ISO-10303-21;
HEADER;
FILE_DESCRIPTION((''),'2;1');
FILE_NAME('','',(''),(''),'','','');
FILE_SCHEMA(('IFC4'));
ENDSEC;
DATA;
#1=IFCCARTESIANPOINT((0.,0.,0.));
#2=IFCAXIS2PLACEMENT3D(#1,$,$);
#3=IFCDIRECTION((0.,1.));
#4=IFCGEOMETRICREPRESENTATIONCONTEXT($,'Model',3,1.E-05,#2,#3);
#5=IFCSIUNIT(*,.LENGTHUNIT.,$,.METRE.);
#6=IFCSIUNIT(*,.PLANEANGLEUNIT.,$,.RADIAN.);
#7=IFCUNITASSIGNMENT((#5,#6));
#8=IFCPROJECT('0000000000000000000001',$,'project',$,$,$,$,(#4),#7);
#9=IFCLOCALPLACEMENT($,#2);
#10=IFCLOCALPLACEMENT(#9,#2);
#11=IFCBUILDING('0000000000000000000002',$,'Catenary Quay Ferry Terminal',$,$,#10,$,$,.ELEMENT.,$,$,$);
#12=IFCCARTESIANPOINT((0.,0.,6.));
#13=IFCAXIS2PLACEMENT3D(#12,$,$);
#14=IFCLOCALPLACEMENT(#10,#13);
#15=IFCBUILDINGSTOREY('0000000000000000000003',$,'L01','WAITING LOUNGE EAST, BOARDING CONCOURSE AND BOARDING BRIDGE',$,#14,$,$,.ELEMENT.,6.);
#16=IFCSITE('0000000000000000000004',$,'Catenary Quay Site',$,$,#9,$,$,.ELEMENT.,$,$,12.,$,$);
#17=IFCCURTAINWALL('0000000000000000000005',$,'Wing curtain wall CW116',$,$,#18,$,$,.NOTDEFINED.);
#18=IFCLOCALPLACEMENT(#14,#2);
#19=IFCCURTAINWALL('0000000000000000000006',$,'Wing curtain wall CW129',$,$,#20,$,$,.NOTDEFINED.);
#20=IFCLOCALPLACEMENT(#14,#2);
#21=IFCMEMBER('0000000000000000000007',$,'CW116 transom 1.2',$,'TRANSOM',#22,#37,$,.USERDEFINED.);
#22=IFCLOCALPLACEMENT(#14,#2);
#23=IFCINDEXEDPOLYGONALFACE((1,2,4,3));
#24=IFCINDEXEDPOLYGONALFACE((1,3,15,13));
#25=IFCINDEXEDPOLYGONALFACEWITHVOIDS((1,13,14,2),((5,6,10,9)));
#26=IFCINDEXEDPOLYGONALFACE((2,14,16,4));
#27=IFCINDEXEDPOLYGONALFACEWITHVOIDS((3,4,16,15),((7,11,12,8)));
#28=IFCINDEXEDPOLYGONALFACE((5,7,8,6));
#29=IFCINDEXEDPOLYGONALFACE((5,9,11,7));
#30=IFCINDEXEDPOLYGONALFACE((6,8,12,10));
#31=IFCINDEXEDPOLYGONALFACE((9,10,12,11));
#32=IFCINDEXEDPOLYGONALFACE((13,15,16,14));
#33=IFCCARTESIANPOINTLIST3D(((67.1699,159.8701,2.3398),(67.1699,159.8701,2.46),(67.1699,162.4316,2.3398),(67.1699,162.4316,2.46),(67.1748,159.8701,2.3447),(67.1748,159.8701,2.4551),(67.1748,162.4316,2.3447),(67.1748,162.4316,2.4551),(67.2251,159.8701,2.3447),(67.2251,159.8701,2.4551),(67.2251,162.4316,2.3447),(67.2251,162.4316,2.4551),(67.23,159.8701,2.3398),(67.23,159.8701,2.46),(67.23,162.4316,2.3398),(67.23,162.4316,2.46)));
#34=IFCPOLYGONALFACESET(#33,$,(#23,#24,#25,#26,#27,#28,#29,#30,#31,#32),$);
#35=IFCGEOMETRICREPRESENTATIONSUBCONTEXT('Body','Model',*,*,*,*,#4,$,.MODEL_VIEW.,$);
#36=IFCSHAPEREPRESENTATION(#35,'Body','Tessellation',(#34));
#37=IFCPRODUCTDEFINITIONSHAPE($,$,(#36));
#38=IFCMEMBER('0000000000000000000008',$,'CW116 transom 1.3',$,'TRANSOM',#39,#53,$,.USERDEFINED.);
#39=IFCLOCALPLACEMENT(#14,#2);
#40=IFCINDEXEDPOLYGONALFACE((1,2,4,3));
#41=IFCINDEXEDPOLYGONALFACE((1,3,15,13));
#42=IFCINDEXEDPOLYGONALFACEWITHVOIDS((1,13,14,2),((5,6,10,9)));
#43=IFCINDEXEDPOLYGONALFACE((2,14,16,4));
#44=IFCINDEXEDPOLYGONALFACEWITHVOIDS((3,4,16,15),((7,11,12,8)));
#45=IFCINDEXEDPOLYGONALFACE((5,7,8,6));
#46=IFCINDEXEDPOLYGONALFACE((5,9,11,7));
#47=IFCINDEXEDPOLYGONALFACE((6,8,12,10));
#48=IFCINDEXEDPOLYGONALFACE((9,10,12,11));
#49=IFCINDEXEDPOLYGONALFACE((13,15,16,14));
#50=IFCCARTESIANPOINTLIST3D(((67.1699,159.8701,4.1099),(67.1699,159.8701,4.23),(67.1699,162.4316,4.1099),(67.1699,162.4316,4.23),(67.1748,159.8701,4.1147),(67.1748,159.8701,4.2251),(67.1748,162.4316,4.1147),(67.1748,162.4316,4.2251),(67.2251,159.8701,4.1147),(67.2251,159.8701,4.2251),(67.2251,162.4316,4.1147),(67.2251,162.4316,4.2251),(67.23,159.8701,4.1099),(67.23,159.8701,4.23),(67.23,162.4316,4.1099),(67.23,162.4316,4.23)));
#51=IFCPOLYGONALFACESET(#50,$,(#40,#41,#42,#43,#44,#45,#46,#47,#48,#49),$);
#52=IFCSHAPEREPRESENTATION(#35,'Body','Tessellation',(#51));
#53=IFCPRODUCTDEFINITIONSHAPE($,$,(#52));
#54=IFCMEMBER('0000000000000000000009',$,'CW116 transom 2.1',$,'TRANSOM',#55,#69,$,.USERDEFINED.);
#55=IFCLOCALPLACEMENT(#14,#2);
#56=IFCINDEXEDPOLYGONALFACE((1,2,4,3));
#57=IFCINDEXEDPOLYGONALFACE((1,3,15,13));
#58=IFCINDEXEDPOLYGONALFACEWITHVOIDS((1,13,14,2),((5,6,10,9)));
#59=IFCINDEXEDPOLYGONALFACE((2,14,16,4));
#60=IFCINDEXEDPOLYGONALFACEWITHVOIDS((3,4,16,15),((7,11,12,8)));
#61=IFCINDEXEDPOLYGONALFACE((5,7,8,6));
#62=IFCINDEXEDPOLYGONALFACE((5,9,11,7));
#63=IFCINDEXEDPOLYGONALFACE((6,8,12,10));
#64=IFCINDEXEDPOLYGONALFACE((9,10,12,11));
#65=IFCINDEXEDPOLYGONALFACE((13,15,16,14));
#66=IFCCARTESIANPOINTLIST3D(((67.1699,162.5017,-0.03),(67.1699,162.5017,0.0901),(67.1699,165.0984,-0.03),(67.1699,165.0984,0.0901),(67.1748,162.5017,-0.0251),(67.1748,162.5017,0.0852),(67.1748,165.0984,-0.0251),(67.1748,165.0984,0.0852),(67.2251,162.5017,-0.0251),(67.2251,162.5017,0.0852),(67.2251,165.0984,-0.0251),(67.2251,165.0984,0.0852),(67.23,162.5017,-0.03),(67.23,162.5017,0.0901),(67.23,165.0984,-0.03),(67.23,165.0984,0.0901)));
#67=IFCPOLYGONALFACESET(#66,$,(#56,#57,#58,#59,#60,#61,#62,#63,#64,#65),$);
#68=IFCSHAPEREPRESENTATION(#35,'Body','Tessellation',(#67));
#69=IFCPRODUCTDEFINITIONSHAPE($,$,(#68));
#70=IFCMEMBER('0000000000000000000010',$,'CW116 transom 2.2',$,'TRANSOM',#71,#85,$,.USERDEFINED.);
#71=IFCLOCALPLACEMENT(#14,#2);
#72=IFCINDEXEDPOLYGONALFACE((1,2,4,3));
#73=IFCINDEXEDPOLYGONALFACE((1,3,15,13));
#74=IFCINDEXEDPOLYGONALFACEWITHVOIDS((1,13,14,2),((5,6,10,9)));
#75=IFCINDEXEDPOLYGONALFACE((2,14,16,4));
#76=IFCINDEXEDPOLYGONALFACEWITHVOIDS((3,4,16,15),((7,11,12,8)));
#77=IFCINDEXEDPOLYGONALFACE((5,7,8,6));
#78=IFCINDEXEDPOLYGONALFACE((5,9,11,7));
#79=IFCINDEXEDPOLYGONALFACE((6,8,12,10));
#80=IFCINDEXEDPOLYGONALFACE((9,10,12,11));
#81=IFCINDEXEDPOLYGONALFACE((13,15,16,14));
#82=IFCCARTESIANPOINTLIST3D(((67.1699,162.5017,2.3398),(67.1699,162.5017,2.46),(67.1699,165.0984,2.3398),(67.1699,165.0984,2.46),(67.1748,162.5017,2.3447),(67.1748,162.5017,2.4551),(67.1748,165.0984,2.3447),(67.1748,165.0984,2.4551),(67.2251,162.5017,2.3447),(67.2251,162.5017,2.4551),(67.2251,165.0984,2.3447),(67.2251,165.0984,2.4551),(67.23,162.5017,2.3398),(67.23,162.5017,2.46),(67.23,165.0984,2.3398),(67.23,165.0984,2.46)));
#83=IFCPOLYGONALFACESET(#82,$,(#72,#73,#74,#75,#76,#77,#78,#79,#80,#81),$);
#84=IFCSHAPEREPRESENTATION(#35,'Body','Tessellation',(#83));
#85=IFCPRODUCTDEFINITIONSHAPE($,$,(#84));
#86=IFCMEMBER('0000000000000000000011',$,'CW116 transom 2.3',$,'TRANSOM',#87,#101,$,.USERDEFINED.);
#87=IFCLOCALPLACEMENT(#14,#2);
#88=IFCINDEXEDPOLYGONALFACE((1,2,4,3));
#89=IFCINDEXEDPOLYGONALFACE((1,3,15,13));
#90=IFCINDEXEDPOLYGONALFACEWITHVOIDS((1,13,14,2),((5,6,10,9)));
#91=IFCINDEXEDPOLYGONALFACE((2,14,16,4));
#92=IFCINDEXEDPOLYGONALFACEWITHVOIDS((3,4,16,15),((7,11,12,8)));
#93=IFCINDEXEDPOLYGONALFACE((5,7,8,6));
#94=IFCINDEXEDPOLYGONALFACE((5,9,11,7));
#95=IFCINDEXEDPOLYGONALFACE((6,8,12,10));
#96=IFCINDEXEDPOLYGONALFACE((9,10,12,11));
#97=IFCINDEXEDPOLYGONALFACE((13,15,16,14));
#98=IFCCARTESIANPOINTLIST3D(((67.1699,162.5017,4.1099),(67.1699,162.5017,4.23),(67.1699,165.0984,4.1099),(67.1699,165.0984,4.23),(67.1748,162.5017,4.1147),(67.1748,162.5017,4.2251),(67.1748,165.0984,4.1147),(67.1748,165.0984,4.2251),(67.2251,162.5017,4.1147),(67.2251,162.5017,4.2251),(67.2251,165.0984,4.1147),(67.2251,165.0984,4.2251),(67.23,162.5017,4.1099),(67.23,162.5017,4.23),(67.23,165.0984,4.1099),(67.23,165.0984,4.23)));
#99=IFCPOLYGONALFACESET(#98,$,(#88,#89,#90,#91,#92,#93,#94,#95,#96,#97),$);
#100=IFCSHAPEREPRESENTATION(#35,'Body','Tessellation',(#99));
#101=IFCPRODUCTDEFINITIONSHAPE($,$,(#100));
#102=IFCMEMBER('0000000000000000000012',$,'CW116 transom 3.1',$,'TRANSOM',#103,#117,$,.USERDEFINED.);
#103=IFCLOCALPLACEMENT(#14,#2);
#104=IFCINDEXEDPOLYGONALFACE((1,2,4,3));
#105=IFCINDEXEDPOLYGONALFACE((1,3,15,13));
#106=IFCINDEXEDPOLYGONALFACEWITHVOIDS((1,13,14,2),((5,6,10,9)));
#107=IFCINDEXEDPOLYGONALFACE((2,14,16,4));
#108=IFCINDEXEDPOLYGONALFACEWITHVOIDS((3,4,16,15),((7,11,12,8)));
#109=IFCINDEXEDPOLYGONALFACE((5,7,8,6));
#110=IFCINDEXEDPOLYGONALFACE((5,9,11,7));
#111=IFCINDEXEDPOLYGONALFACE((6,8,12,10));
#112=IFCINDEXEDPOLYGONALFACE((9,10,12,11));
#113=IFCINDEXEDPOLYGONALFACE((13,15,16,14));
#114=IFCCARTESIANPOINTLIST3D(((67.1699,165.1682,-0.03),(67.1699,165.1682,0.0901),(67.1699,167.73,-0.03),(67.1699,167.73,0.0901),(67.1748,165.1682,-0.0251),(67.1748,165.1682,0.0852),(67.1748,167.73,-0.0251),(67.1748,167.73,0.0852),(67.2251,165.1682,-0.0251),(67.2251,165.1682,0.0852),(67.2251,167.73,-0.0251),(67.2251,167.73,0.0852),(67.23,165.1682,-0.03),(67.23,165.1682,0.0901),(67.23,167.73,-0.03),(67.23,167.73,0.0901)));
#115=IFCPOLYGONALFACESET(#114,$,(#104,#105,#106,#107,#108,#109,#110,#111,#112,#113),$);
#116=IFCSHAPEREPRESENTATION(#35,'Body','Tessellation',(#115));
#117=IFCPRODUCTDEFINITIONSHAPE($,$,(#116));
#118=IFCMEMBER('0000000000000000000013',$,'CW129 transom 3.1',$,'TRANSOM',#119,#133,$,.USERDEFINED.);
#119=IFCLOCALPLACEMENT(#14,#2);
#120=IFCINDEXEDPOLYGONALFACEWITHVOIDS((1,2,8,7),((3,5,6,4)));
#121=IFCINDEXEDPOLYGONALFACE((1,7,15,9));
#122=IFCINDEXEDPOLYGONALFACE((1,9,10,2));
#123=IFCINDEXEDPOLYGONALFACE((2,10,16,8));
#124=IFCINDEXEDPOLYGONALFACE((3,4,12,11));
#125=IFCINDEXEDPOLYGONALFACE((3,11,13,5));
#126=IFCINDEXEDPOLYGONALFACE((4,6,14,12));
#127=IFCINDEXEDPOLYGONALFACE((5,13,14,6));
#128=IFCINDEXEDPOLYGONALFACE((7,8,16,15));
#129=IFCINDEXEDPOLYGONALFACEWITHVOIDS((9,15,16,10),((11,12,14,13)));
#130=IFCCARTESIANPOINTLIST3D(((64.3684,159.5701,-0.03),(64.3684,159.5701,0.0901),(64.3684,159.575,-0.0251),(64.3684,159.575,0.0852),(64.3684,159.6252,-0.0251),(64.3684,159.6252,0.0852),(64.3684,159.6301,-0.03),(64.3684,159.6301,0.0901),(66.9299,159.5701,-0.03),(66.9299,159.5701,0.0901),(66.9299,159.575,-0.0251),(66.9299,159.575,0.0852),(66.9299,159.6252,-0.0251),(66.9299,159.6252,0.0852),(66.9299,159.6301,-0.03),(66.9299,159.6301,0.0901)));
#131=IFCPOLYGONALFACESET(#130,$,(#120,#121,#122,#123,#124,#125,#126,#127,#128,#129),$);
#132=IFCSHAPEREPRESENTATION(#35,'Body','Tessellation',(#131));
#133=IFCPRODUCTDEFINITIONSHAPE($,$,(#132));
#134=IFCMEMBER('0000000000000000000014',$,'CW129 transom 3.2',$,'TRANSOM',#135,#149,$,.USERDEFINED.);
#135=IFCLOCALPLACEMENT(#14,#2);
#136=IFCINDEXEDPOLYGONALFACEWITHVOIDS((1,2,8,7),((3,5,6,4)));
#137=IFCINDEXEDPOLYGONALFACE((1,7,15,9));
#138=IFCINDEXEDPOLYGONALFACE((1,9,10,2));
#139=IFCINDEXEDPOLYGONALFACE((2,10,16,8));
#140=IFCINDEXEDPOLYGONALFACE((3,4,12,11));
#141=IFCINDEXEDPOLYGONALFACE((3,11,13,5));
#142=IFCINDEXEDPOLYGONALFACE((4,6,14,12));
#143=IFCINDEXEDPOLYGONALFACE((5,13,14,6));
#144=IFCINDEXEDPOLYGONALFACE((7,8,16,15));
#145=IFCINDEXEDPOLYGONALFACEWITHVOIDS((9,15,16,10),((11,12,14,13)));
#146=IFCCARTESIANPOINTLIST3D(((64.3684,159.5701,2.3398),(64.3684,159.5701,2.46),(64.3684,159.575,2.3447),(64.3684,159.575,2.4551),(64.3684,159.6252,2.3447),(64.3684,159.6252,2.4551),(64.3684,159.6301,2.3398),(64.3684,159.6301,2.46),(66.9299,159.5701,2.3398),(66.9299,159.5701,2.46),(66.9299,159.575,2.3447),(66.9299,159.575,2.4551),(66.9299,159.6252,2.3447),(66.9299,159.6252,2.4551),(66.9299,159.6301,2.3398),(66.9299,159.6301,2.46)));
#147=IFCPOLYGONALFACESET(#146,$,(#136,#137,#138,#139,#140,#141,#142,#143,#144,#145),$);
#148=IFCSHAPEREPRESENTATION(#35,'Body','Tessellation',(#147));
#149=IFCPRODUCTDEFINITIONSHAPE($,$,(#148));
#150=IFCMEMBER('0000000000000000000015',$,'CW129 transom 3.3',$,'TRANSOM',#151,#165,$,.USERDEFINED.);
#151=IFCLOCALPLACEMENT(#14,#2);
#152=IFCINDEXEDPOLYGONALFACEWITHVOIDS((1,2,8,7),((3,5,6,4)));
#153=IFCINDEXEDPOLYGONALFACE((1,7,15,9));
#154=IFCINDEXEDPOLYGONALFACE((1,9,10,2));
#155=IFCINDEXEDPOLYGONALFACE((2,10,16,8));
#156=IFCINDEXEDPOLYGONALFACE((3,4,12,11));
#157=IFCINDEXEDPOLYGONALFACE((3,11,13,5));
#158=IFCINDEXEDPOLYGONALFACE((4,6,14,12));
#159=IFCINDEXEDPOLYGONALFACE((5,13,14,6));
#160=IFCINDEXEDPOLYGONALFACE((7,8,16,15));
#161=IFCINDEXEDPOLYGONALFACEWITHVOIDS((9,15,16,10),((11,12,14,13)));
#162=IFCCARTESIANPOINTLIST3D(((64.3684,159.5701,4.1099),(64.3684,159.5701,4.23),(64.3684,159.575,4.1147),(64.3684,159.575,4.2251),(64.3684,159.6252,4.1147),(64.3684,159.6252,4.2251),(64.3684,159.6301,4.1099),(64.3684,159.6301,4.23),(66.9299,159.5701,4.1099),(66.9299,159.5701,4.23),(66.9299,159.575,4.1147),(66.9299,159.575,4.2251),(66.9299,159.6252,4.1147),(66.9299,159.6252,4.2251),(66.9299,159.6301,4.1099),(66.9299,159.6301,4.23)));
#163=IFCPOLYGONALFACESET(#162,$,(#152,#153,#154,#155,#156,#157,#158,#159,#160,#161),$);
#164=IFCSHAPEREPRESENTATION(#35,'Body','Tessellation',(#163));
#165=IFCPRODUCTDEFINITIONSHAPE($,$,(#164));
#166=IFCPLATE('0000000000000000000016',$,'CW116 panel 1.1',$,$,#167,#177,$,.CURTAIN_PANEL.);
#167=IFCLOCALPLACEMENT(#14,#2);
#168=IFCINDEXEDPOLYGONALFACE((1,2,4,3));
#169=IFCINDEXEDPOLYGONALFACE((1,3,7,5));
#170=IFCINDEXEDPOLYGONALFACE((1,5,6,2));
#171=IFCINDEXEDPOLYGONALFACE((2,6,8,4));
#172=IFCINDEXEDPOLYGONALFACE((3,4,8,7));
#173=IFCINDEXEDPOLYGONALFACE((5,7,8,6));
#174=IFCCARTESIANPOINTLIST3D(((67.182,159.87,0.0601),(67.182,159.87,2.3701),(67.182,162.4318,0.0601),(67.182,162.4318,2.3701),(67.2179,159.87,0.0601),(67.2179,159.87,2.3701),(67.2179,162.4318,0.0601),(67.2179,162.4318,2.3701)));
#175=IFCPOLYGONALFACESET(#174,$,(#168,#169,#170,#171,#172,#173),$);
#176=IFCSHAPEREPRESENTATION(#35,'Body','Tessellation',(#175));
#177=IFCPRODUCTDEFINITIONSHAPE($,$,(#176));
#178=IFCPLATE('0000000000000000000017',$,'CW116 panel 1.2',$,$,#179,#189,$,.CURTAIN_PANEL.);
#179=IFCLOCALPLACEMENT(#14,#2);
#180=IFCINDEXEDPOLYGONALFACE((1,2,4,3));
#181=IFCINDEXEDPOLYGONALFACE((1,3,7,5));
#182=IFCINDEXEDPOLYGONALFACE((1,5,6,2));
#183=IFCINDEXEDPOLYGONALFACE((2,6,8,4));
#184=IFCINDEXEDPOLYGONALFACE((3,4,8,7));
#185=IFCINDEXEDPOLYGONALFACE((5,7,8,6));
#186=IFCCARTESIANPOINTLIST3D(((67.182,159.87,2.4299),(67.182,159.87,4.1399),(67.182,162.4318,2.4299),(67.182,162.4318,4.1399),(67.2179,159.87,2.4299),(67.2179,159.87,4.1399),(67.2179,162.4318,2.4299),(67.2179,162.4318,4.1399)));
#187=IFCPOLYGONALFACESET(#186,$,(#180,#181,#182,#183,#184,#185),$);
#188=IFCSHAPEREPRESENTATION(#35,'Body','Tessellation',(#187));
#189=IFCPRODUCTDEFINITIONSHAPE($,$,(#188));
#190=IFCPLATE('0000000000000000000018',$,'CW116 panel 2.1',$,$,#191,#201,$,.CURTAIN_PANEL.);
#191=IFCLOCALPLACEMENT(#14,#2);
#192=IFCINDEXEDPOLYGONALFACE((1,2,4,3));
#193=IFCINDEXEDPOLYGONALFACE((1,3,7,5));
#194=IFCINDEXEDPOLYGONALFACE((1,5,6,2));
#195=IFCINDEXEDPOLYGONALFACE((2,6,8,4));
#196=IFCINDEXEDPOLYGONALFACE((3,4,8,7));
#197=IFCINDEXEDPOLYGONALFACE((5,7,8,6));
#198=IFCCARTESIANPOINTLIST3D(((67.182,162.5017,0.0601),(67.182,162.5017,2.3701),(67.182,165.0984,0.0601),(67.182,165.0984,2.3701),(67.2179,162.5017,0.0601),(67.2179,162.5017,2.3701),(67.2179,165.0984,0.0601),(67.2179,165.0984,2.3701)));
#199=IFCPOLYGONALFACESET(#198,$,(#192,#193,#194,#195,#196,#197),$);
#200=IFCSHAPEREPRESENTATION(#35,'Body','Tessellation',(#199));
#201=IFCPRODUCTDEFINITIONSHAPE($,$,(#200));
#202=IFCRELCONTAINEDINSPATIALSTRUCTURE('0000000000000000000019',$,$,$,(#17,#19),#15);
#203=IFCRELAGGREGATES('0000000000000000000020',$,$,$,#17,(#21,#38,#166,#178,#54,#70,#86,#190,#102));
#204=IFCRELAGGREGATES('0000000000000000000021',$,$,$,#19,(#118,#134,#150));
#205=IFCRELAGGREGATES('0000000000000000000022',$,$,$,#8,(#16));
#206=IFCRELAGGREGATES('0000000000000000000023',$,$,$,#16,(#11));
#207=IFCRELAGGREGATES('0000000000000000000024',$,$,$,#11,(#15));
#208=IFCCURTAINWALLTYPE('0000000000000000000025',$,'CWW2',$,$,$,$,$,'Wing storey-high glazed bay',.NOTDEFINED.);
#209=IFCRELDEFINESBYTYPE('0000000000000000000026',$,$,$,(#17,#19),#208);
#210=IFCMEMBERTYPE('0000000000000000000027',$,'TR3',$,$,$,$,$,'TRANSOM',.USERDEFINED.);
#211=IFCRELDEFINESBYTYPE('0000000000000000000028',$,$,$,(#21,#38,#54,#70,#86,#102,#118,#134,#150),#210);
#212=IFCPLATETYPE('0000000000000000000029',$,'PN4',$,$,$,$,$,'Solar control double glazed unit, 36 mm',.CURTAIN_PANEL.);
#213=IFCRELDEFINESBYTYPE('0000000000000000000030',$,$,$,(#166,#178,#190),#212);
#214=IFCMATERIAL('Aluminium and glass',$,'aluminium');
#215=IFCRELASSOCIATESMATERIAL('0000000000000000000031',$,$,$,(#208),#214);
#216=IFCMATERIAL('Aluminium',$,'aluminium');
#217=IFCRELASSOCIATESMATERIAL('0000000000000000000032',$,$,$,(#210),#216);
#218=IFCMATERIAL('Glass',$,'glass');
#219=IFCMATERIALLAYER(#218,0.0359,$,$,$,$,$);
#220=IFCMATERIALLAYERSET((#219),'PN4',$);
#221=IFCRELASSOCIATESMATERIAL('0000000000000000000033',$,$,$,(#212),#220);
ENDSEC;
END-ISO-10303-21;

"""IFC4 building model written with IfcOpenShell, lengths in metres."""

from ifc_helpers import new_model, si_unit, direction, frame, origin, origin_2d, place, context, subcontext, project, spatial, rectangle, hollow_rectangle, extrude, material, layer, layer_set, material_profile, profile_set, type_object, element, aggregate, save


model = new_model("IFC4")

# Units and contexts
model_context = context("Model", 3, precision=1e-05, world=origin(), true_north=direction((0.0, 1.0)))
body_context = subcontext(model_context, "Body", "Model", "MODEL_VIEW")
ifc_project = project(units=[si_unit("LENGTHUNIT", "METRE"), si_unit("PLANEANGLEUNIT", "RADIAN")], contexts=[model_context])

# Site, building, storey
site_placement = place(None, origin())
site = spatial("IfcSite", under=ifc_project, at=site_placement, Name="Catenary Quay Site", CompositionType="ELEMENT", RefElevation=12.0)
building_placement = place(site_placement, origin())
building = spatial("IfcBuilding", under=site, at=building_placement, Name="Catenary Quay Ferry Terminal", CompositionType="ELEMENT")
storey_placement = place(building_placement, frame((0.0, 0.0, 6.0)))
storey = spatial("IfcBuildingStorey", under=building, at=storey_placement, Name="L01", Description="WAITING LOUNGE EAST, BOARDING CONCOURSE AND BOARDING BRIDGE", CompositionType="ELEMENT", Elevation=6.0)

# Curtain walls
ifc_material_1 = material(Name="Aluminium and glass", Category="aluminium")
curtain_wall_type = type_object("IfcCurtainWallType", Name="CWW2", ElementType="Wing storey-high glazed bay", PredefinedType="NOTDEFINED", material=ifc_material_1)
curtain_wall_1_placement = place(storey_placement, origin())
curtain_wall_1 = element("IfcCurtainWall", 1, at=curtain_wall_1_placement, inside=storey, type_object=curtain_wall_type, Name="Wing curtain wall CW116", PredefinedType="NOTDEFINED")
curtain_wall_2_placement = place(storey_placement, origin())
curtain_wall_2 = element("IfcCurtainWall", 2, at=curtain_wall_2_placement, inside=storey, type_object=curtain_wall_type, Name="Wing curtain wall CW129", PredefinedType="NOTDEFINED")

# Members
ifc_material_2 = material(Name="Aluminium", Category="aluminium")
ifc_material_profile_1 = material_profile(ifc_material_2, hollow_rectangle(XDim=0.0601, YDim=0.1201, WallThickness=0.0049, at=origin_2d()), Name="TR3")
ifc_profile_set_1 = profile_set([ifc_material_profile_1], Name="Aluminium")
member_type_1 = type_object("IfcMemberType", Name="TR3", ElementType="TRANSOM", PredefinedType="USERDEFINED", material=ifc_profile_set_1)
member_1_placement = place(storey_placement, frame((67.2, 159.8701, 2.3999), z_axis=(0.0, 1.0, 0.0), x_axis=(-1.0, 0.0, 0.0)))
member_1 = element("IfcMember", 3, at=member_1_placement, type_object=member_type_1, Name="CW116 transom 1.2", ObjectType="TRANSOM", PredefinedType="USERDEFINED", context=body_context, shape_type="SweptSolid", body=[
    extrude(hollow_rectangle(XDim=0.0601, YDim=0.1201, WallThickness=0.0049, at=origin_2d()), origin(), (0.0, 0.0, 1.0), 2.5615),
])
member_2_placement = place(storey_placement, frame((67.2, 159.8701, 4.1699), z_axis=(0.0, 1.0, 0.0), x_axis=(-1.0, 0.0, 0.0)))
member_2 = element("IfcMember", 4, at=member_2_placement, type_object=member_type_1, Name="CW116 transom 1.3", ObjectType="TRANSOM", PredefinedType="USERDEFINED", context=body_context, shape_type="SweptSolid", body=[
    extrude(hollow_rectangle(XDim=0.0601, YDim=0.1201, WallThickness=0.0049, at=origin_2d()), origin(), (0.0, 0.0, 1.0), 2.5615),
])
member_3_placement = place(storey_placement, frame((67.2, 162.5017, 0.03), z_axis=(0.0, 1.0, 0.0), x_axis=(-1.0, 0.0, 0.0)))
member_3 = element("IfcMember", 5, at=member_3_placement, type_object=member_type_1, Name="CW116 transom 2.1", ObjectType="TRANSOM", PredefinedType="USERDEFINED", context=body_context, shape_type="SweptSolid", body=[
    extrude(hollow_rectangle(XDim=0.0601, YDim=0.1201, WallThickness=0.0049, at=origin_2d()), origin(), (0.0, 0.0, 1.0), 2.5967),
])
member_4_placement = place(storey_placement, frame((67.2, 162.5017, 2.3999), z_axis=(0.0, 1.0, 0.0), x_axis=(-1.0, 0.0, 0.0)))
member_4 = element("IfcMember", 6, at=member_4_placement, type_object=member_type_1, Name="CW116 transom 2.2", ObjectType="TRANSOM", PredefinedType="USERDEFINED", context=body_context, shape_type="SweptSolid", body=[
    extrude(hollow_rectangle(XDim=0.0601, YDim=0.1201, WallThickness=0.0049, at=origin_2d()), origin(), (0.0, 0.0, 1.0), 2.5967),
])
member_5_placement = place(storey_placement, frame((67.2, 162.5017, 4.1699), z_axis=(0.0, 1.0, 0.0), x_axis=(-1.0, 0.0, 0.0)))
member_5 = element("IfcMember", 7, at=member_5_placement, type_object=member_type_1, Name="CW116 transom 2.3", ObjectType="TRANSOM", PredefinedType="USERDEFINED", context=body_context, shape_type="SweptSolid", body=[
    extrude(hollow_rectangle(XDim=0.0601, YDim=0.1201, WallThickness=0.0049, at=origin_2d()), origin(), (0.0, 0.0, 1.0), 2.5967),
])
member_6_placement = place(storey_placement, frame((67.2, 165.1682, 0.03), z_axis=(0.0, 1.0, 0.0), x_axis=(-1.0, 0.0, 0.0)))
member_6 = element("IfcMember", 8, at=member_6_placement, type_object=member_type_1, Name="CW116 transom 3.1", ObjectType="TRANSOM", PredefinedType="USERDEFINED", context=body_context, shape_type="SweptSolid", body=[
    extrude(hollow_rectangle(XDim=0.0601, YDim=0.1201, WallThickness=0.0049, at=origin_2d()), origin(), (0.0, 0.0, 1.0), 2.5618),
])
member_7_placement = place(storey_placement, frame((64.3684, 159.6001, 0.03), z_axis=(1.0, 0.0, 0.0), x_axis=(0.0, 1.0, 0.0)))
member_7 = element("IfcMember", 9, at=member_7_placement, type_object=member_type_1, Name="CW129 transom 3.1", ObjectType="TRANSOM", PredefinedType="USERDEFINED", context=body_context, shape_type="SweptSolid", body=[
    extrude(hollow_rectangle(XDim=0.0601, YDim=0.1201, WallThickness=0.0049, at=origin_2d()), origin(), (0.0, 0.0, 1.0), 2.5615),
])
member_8_placement = place(storey_placement, frame((64.3684, 159.6001, 2.3999), z_axis=(1.0, 0.0, 0.0), x_axis=(0.0, 1.0, 0.0)))
member_8 = element("IfcMember", 10, at=member_8_placement, type_object=member_type_1, Name="CW129 transom 3.2", ObjectType="TRANSOM", PredefinedType="USERDEFINED", context=body_context, shape_type="SweptSolid", body=[
    extrude(hollow_rectangle(XDim=0.0601, YDim=0.1201, WallThickness=0.0049, at=origin_2d()), origin(), (0.0, 0.0, 1.0), 2.5615),
])
member_9_placement = place(storey_placement, frame((64.3684, 159.6001, 4.1699), z_axis=(1.0, 0.0, 0.0), x_axis=(0.0, 1.0, 0.0)))
member_9 = element("IfcMember", 11, at=member_9_placement, type_object=member_type_1, Name="CW129 transom 3.3", ObjectType="TRANSOM", PredefinedType="USERDEFINED", context=body_context, shape_type="SweptSolid", body=[
    extrude(hollow_rectangle(XDim=0.0601, YDim=0.1201, WallThickness=0.0049, at=origin_2d()), origin(), (0.0, 0.0, 1.0), 2.5615),
])

# Plates
ifc_material_3 = material(Name="Glass", Category="glass")
ifc_layer_1 = layer(ifc_material_3, 0.0359)
ifc_layer_set_1 = layer_set([ifc_layer_1], Name="PN4")
plate_type = type_object("IfcPlateType", Name="PN4", ElementType="Solar control double glazed unit, 36 mm", PredefinedType="CURTAIN_PANEL", material=ifc_layer_set_1)
plate_1_placement = place(storey_placement, frame((67.2, 161.1509, 0.0601), z_axis=(0.0, 0.0, 1.0), x_axis=(0.0, 1.0, 0.0)))
plate_1 = element("IfcPlate", 12, at=plate_1_placement, type_object=plate_type, Name="CW116 panel 1.1", PredefinedType="CURTAIN_PANEL", context=body_context, shape_type="SweptSolid", body=[
    extrude(rectangle(XDim=2.5618, YDim=0.0359, at=origin_2d()), origin(), (0.0, 0.0, 1.0), 2.3101),
])
plate_2_placement = place(storey_placement, frame((67.2, 161.1509, 2.4299), z_axis=(0.0, 0.0, 1.0), x_axis=(0.0, 1.0, 0.0)))
plate_2 = element("IfcPlate", 13, at=plate_2_placement, type_object=plate_type, Name="CW116 panel 1.2", PredefinedType="CURTAIN_PANEL", context=body_context, shape_type="SweptSolid", body=[
    extrude(rectangle(XDim=2.5618, YDim=0.0359, at=origin_2d()), origin(), (0.0, 0.0, 1.0), 1.71),
])
plate_3_placement = place(storey_placement, frame((67.2, 163.8, 0.0601), z_axis=(0.0, 0.0, 1.0), x_axis=(0.0, 1.0, 0.0)))
plate_3 = element("IfcPlate", 14, at=plate_3_placement, type_object=plate_type, Name="CW116 panel 2.1", PredefinedType="CURTAIN_PANEL", context=body_context, shape_type="SweptSolid", body=[
    extrude(rectangle(XDim=2.5967, YDim=0.0359, at=origin_2d()), origin(), (0.0, 0.0, 1.0), 2.3101),
])
aggregate(curtain_wall_1, [member_1, member_2, plate_1, plate_2, member_3, member_4, member_5, plate_3, member_6])
aggregate(curtain_wall_2, [member_7, member_8, member_9])

save(model, "model.ifc")
